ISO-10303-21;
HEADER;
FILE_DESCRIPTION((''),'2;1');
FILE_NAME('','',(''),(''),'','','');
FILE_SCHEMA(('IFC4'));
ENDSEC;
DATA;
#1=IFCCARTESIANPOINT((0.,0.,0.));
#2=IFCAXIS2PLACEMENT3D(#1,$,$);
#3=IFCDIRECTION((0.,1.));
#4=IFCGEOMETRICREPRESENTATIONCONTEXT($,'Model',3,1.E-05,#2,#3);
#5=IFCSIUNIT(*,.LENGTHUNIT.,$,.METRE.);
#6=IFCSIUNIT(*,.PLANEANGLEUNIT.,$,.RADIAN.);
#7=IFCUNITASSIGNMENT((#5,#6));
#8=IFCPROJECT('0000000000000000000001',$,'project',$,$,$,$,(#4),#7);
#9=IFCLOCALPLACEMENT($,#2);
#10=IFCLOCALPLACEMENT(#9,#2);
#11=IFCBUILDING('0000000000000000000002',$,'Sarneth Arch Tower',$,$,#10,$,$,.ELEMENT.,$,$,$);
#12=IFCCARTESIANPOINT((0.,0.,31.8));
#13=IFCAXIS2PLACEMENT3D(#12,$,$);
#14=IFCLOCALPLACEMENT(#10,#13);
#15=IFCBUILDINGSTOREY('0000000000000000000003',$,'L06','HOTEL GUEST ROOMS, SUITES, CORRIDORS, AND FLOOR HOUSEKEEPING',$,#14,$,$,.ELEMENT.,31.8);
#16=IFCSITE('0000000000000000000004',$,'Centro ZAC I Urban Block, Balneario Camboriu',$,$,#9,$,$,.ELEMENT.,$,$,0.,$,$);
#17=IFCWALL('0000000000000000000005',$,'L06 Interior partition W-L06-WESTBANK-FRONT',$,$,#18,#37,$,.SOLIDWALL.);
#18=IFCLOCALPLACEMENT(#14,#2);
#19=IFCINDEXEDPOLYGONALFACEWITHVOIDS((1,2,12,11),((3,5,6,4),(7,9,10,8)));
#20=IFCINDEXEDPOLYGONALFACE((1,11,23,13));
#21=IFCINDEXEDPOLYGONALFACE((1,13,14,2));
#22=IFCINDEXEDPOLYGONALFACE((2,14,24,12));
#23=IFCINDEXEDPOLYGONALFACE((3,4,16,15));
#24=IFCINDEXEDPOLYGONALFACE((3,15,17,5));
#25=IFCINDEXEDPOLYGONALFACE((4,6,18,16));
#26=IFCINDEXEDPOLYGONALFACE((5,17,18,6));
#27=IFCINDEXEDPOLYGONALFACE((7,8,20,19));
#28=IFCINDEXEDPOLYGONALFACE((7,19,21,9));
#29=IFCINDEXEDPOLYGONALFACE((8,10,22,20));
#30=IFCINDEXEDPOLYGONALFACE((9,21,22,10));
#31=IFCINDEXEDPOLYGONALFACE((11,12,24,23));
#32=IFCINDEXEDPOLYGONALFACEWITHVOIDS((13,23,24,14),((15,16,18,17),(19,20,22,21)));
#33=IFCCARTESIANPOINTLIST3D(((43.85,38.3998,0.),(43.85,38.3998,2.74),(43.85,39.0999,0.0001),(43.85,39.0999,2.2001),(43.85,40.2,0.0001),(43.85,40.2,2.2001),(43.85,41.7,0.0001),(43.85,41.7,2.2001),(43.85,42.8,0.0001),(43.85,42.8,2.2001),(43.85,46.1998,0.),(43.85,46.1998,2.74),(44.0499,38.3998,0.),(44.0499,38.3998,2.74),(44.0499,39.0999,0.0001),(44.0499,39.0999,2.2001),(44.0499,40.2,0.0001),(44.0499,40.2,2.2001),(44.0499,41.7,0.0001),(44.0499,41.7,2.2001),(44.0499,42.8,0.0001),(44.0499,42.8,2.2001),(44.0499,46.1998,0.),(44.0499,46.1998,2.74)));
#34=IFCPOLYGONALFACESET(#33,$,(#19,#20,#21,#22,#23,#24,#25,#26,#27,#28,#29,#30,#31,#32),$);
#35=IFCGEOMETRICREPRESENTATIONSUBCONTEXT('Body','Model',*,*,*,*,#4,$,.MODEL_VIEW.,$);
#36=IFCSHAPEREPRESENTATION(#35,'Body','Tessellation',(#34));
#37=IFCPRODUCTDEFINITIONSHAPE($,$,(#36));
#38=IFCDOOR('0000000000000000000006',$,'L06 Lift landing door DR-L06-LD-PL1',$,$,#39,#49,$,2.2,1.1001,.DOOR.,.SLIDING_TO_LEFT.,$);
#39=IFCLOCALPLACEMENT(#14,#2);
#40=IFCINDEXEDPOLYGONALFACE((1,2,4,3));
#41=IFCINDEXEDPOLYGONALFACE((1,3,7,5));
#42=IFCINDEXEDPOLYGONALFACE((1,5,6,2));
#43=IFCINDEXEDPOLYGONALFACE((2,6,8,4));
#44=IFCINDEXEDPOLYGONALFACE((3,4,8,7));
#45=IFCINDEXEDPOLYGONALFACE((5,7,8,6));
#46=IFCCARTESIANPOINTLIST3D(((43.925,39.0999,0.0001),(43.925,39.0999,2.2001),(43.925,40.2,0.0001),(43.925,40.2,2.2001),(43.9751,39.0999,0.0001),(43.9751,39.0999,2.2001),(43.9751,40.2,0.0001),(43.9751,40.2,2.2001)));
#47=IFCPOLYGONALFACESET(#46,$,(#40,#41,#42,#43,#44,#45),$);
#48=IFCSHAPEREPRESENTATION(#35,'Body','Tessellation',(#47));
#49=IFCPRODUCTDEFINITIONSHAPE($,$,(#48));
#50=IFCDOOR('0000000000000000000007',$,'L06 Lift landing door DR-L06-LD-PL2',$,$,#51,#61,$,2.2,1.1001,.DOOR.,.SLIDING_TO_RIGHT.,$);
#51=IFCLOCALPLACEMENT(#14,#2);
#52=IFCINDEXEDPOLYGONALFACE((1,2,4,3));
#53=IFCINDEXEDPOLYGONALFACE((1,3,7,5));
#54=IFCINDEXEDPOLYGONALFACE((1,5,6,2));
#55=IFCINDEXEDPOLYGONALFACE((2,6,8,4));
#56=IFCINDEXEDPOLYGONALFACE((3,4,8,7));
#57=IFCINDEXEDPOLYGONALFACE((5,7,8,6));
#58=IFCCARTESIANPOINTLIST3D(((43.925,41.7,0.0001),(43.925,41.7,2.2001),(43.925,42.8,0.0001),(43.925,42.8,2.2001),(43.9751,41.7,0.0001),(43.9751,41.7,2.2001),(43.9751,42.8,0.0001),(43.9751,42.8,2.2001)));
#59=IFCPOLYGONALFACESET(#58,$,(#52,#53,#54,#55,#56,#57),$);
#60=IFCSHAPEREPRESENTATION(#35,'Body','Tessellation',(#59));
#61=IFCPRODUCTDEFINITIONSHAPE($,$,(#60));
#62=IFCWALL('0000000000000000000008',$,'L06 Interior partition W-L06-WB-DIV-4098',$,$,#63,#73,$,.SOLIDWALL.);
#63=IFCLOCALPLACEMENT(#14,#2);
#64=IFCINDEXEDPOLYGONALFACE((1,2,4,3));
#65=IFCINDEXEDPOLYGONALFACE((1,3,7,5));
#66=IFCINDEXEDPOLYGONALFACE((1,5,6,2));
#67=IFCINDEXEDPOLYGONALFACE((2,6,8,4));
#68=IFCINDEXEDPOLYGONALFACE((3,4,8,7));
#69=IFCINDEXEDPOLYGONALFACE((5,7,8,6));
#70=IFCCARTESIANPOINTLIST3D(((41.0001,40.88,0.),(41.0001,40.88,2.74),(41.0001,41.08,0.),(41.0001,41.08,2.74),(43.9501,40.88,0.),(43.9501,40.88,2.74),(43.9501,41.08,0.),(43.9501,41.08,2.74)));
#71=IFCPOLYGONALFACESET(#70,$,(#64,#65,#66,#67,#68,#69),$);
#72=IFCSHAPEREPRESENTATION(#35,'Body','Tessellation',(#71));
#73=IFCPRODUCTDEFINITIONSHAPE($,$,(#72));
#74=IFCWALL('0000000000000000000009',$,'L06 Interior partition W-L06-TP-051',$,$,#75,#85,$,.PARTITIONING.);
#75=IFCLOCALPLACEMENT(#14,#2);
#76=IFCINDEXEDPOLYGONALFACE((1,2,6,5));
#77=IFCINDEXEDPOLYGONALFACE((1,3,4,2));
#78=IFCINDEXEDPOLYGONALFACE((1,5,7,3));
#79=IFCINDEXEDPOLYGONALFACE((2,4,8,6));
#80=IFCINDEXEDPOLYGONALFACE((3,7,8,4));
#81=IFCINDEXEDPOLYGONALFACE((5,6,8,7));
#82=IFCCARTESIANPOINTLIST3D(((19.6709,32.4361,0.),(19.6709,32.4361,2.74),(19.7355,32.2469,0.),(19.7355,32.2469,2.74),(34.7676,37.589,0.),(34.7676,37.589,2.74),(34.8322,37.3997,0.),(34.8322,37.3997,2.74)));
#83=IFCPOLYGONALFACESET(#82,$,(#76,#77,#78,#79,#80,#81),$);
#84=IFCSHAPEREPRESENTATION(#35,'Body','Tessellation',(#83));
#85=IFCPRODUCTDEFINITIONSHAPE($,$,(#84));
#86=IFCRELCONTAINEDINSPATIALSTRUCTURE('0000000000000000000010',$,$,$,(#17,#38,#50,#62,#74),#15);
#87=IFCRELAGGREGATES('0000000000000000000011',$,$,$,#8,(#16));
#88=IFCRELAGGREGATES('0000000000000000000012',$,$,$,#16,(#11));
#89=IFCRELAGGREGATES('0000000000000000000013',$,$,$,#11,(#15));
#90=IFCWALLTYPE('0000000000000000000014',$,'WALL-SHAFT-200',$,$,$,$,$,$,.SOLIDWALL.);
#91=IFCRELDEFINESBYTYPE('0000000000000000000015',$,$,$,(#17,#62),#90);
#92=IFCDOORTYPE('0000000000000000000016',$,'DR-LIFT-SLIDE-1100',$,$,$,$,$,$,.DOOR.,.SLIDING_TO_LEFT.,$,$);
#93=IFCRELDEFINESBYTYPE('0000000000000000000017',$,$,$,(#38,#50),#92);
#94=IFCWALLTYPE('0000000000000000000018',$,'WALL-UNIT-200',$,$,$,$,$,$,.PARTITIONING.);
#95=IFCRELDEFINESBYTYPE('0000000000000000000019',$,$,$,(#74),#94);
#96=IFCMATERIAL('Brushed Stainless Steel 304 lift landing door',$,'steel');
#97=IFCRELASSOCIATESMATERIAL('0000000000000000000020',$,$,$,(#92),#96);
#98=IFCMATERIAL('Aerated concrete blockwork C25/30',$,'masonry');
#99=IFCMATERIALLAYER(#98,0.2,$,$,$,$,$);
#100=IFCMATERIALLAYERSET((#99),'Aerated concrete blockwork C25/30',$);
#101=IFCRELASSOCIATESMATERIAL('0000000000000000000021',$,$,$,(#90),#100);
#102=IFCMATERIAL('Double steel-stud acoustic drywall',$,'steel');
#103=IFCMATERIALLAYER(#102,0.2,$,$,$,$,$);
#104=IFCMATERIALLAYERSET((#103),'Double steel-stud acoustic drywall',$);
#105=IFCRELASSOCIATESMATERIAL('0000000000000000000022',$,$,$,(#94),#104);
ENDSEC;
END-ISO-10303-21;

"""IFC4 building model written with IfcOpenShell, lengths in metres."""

from ifc_helpers import new_model, si_unit, direction, frame, frame_2d, origin, place, context, subcontext, project, spatial, rectangle, extrude, material, layer, layer_set, type_object, element, fill, save


model = new_model("IFC4")

# Units and contexts
model_context = context("Model", 3, precision=1e-05, world=origin(), true_north=direction((0.0, 1.0)))
body_context = subcontext(model_context, "Body", "Model", "MODEL_VIEW")
ifc_project = project(units=[si_unit("LENGTHUNIT", "METRE"), si_unit("PLANEANGLEUNIT", "RADIAN")], contexts=[model_context])

# Site, building, storey
site_placement = place(None, origin())
site = spatial("IfcSite", under=ifc_project, at=site_placement, Name="Centro ZAC I Urban Block, Balneario Camboriu", CompositionType="ELEMENT", RefElevation=0.0)
building_placement = place(site_placement, origin())
building = spatial("IfcBuilding", under=site, at=building_placement, Name="Sarneth Arch Tower", CompositionType="ELEMENT")
storey_placement = place(building_placement, frame((0.0, 0.0, 31.8)))
storey = spatial("IfcBuildingStorey", under=building, at=storey_placement, Name="L06", Description="HOTEL GUEST ROOMS, SUITES, CORRIDORS, AND FLOOR HOUSEKEEPING", CompositionType="ELEMENT", Elevation=31.8)

# Shared definitions
ifc_material_1 = material(Name="Brushed Stainless Steel 304 lift landing door", Category="steel")
door_type_1 = type_object("IfcDoorType", Name="DR-LIFT-SLIDE-1100", OperationType="SLIDING_TO_LEFT", PredefinedType="DOOR", material=ifc_material_1)

# Shared definitions
ifc_material_2 = material(Name="Aerated concrete blockwork C25/30", Category="masonry")
ifc_layer_1 = layer(ifc_material_2, 0.2)
ifc_layer_set_1 = layer_set([ifc_layer_1], Name="Aerated concrete blockwork C25/30")
wall_type_1 = type_object("IfcWallType", Name="WALL-SHAFT-200", PredefinedType="SOLIDWALL", material=ifc_layer_set_1)

# Wall, openings, doors
wall_1_placement = place(storey_placement, frame((43.95, 38.3999, 0.0), z_axis=(0.0, 0.0, 1.0), x_axis=(0.0, 1.0, 0.0)))
wall_1 = element("IfcWall", 1, at=wall_1_placement, inside=storey, type_object=wall_type_1, Name="L06 Interior partition W-L06-WESTBANK-FRONT", PredefinedType="SOLIDWALL", context=body_context, shape_type="SweptSolid", body=[
    extrude(rectangle(XDim=7.8, YDim=0.2, at=frame_2d((3.8999, 0.0))), origin(), (0.0, 0.0, 1.0), 2.74),
])
opening_1_placement = place(wall_1_placement, frame((0.7, 0.0, 0.0)))
opening_1 = element("IfcOpeningElement", 2, at=opening_1_placement, cuts=wall_1, PredefinedType="OPENING", context=body_context, shape_type="SweptSolid", body=[
    extrude(rectangle(XDim=1.1001, YDim=2.2, at=frame_2d((0.55, 1.1001))), frame((0.0, 0.1099, 0.0), z_axis=(0.0, -1.0, 0.0), x_axis=(1.0, 0.0, 0.0)), (0.0, 0.0, 1.0), 0.22),
])
opening_2_placement = place(wall_1_placement, frame((3.3, 0.0, 0.0)))
opening_2 = element("IfcOpeningElement", 3, at=opening_2_placement, cuts=wall_1, PredefinedType="OPENING", context=body_context, shape_type="SweptSolid", body=[
    extrude(rectangle(XDim=1.1001, YDim=2.2, at=frame_2d((0.55, 1.1001))), frame((0.0, 0.1099, 0.0), z_axis=(0.0, -1.0, 0.0), x_axis=(1.0, 0.0, 0.0)), (0.0, 0.0, 1.0), 0.22),
])
door_1_placement = place(opening_1_placement, origin())
door_1 = element("IfcDoor", 4, at=door_1_placement, inside=storey, type_object=door_type_1, Name="L06 Lift landing door DR-L06-LD-PL1", OperationType="SLIDING_TO_LEFT", OverallHeight=2.2, OverallWidth=1.1001, PredefinedType="DOOR", context=body_context, shape_type="SweptSolid", body=[
    extrude(rectangle(XDim=1.1001, YDim=2.2, at=frame_2d((0.55, 1.1001))), frame((0.0, 0.0249, 0.0), z_axis=(0.0, -1.0, 0.0), x_axis=(1.0, 0.0, 0.0)), (0.0, 0.0, 1.0), 0.05),
])
fill(opening_1, door_1)
door_2_placement = place(opening_2_placement, origin())
door_2 = element("IfcDoor", 5, at=door_2_placement, inside=storey, type_object=door_type_1, Name="L06 Lift landing door DR-L06-LD-PL2", OperationType="SLIDING_TO_RIGHT", OverallHeight=2.2, OverallWidth=1.1001, PredefinedType="DOOR", context=body_context, shape_type="SweptSolid", body=[
    extrude(rectangle(XDim=1.1001, YDim=2.2, at=frame_2d((0.55, 1.1001))), frame((0.0, 0.0249, 0.0), z_axis=(0.0, -1.0, 0.0), x_axis=(1.0, 0.0, 0.0)), (0.0, 0.0, 1.0), 0.05),
])
fill(opening_2, door_2)

# Walls
wall_2_placement = place(storey_placement, frame((41.0, 40.98, 0.0), z_axis=(0.0, 0.0, 1.0), x_axis=(1.0, 0.0, 0.0)))
element("IfcWall", 6, at=wall_2_placement, inside=storey, type_object=wall_type_1, Name="L06 Interior partition W-L06-WB-DIV-4098", PredefinedType="SOLIDWALL", context=body_context, shape_type="SweptSolid", body=[
    extrude(rectangle(XDim=2.95, YDim=0.2, at=frame_2d((1.4751, 0.0))), origin(), (0.0, 0.0, 1.0), 2.74),
])
ifc_material_3 = material(Name="Double steel-stud acoustic drywall", Category="steel")
ifc_layer_2 = layer(ifc_material_3, 0.2)
ifc_layer_set_2 = layer_set([ifc_layer_2], Name="Double steel-stud acoustic drywall")
wall_type_2 = type_object("IfcWallType", Name="WALL-UNIT-200", PredefinedType="PARTITIONING", material=ifc_layer_set_2)
wall_3_placement = place(storey_placement, frame((34.8, 37.4944, 0.0), z_axis=(0.0, 0.0, 1.0), x_axis=(-0.946391, -0.323024, 0.0)))
element("IfcWall", 7, at=wall_3_placement, inside=storey, type_object=wall_type_2, Name="L06 Interior partition W-L06-TP-051", PredefinedType="PARTITIONING", context=body_context, shape_type="SweptSolid", body=[
    extrude(rectangle(XDim=15.9519, YDim=0.2, at=frame_2d((7.9761, 0.0))), origin(), (0.0, 0.0, 1.0), 2.74),
])

save(model, "model.ifc")
